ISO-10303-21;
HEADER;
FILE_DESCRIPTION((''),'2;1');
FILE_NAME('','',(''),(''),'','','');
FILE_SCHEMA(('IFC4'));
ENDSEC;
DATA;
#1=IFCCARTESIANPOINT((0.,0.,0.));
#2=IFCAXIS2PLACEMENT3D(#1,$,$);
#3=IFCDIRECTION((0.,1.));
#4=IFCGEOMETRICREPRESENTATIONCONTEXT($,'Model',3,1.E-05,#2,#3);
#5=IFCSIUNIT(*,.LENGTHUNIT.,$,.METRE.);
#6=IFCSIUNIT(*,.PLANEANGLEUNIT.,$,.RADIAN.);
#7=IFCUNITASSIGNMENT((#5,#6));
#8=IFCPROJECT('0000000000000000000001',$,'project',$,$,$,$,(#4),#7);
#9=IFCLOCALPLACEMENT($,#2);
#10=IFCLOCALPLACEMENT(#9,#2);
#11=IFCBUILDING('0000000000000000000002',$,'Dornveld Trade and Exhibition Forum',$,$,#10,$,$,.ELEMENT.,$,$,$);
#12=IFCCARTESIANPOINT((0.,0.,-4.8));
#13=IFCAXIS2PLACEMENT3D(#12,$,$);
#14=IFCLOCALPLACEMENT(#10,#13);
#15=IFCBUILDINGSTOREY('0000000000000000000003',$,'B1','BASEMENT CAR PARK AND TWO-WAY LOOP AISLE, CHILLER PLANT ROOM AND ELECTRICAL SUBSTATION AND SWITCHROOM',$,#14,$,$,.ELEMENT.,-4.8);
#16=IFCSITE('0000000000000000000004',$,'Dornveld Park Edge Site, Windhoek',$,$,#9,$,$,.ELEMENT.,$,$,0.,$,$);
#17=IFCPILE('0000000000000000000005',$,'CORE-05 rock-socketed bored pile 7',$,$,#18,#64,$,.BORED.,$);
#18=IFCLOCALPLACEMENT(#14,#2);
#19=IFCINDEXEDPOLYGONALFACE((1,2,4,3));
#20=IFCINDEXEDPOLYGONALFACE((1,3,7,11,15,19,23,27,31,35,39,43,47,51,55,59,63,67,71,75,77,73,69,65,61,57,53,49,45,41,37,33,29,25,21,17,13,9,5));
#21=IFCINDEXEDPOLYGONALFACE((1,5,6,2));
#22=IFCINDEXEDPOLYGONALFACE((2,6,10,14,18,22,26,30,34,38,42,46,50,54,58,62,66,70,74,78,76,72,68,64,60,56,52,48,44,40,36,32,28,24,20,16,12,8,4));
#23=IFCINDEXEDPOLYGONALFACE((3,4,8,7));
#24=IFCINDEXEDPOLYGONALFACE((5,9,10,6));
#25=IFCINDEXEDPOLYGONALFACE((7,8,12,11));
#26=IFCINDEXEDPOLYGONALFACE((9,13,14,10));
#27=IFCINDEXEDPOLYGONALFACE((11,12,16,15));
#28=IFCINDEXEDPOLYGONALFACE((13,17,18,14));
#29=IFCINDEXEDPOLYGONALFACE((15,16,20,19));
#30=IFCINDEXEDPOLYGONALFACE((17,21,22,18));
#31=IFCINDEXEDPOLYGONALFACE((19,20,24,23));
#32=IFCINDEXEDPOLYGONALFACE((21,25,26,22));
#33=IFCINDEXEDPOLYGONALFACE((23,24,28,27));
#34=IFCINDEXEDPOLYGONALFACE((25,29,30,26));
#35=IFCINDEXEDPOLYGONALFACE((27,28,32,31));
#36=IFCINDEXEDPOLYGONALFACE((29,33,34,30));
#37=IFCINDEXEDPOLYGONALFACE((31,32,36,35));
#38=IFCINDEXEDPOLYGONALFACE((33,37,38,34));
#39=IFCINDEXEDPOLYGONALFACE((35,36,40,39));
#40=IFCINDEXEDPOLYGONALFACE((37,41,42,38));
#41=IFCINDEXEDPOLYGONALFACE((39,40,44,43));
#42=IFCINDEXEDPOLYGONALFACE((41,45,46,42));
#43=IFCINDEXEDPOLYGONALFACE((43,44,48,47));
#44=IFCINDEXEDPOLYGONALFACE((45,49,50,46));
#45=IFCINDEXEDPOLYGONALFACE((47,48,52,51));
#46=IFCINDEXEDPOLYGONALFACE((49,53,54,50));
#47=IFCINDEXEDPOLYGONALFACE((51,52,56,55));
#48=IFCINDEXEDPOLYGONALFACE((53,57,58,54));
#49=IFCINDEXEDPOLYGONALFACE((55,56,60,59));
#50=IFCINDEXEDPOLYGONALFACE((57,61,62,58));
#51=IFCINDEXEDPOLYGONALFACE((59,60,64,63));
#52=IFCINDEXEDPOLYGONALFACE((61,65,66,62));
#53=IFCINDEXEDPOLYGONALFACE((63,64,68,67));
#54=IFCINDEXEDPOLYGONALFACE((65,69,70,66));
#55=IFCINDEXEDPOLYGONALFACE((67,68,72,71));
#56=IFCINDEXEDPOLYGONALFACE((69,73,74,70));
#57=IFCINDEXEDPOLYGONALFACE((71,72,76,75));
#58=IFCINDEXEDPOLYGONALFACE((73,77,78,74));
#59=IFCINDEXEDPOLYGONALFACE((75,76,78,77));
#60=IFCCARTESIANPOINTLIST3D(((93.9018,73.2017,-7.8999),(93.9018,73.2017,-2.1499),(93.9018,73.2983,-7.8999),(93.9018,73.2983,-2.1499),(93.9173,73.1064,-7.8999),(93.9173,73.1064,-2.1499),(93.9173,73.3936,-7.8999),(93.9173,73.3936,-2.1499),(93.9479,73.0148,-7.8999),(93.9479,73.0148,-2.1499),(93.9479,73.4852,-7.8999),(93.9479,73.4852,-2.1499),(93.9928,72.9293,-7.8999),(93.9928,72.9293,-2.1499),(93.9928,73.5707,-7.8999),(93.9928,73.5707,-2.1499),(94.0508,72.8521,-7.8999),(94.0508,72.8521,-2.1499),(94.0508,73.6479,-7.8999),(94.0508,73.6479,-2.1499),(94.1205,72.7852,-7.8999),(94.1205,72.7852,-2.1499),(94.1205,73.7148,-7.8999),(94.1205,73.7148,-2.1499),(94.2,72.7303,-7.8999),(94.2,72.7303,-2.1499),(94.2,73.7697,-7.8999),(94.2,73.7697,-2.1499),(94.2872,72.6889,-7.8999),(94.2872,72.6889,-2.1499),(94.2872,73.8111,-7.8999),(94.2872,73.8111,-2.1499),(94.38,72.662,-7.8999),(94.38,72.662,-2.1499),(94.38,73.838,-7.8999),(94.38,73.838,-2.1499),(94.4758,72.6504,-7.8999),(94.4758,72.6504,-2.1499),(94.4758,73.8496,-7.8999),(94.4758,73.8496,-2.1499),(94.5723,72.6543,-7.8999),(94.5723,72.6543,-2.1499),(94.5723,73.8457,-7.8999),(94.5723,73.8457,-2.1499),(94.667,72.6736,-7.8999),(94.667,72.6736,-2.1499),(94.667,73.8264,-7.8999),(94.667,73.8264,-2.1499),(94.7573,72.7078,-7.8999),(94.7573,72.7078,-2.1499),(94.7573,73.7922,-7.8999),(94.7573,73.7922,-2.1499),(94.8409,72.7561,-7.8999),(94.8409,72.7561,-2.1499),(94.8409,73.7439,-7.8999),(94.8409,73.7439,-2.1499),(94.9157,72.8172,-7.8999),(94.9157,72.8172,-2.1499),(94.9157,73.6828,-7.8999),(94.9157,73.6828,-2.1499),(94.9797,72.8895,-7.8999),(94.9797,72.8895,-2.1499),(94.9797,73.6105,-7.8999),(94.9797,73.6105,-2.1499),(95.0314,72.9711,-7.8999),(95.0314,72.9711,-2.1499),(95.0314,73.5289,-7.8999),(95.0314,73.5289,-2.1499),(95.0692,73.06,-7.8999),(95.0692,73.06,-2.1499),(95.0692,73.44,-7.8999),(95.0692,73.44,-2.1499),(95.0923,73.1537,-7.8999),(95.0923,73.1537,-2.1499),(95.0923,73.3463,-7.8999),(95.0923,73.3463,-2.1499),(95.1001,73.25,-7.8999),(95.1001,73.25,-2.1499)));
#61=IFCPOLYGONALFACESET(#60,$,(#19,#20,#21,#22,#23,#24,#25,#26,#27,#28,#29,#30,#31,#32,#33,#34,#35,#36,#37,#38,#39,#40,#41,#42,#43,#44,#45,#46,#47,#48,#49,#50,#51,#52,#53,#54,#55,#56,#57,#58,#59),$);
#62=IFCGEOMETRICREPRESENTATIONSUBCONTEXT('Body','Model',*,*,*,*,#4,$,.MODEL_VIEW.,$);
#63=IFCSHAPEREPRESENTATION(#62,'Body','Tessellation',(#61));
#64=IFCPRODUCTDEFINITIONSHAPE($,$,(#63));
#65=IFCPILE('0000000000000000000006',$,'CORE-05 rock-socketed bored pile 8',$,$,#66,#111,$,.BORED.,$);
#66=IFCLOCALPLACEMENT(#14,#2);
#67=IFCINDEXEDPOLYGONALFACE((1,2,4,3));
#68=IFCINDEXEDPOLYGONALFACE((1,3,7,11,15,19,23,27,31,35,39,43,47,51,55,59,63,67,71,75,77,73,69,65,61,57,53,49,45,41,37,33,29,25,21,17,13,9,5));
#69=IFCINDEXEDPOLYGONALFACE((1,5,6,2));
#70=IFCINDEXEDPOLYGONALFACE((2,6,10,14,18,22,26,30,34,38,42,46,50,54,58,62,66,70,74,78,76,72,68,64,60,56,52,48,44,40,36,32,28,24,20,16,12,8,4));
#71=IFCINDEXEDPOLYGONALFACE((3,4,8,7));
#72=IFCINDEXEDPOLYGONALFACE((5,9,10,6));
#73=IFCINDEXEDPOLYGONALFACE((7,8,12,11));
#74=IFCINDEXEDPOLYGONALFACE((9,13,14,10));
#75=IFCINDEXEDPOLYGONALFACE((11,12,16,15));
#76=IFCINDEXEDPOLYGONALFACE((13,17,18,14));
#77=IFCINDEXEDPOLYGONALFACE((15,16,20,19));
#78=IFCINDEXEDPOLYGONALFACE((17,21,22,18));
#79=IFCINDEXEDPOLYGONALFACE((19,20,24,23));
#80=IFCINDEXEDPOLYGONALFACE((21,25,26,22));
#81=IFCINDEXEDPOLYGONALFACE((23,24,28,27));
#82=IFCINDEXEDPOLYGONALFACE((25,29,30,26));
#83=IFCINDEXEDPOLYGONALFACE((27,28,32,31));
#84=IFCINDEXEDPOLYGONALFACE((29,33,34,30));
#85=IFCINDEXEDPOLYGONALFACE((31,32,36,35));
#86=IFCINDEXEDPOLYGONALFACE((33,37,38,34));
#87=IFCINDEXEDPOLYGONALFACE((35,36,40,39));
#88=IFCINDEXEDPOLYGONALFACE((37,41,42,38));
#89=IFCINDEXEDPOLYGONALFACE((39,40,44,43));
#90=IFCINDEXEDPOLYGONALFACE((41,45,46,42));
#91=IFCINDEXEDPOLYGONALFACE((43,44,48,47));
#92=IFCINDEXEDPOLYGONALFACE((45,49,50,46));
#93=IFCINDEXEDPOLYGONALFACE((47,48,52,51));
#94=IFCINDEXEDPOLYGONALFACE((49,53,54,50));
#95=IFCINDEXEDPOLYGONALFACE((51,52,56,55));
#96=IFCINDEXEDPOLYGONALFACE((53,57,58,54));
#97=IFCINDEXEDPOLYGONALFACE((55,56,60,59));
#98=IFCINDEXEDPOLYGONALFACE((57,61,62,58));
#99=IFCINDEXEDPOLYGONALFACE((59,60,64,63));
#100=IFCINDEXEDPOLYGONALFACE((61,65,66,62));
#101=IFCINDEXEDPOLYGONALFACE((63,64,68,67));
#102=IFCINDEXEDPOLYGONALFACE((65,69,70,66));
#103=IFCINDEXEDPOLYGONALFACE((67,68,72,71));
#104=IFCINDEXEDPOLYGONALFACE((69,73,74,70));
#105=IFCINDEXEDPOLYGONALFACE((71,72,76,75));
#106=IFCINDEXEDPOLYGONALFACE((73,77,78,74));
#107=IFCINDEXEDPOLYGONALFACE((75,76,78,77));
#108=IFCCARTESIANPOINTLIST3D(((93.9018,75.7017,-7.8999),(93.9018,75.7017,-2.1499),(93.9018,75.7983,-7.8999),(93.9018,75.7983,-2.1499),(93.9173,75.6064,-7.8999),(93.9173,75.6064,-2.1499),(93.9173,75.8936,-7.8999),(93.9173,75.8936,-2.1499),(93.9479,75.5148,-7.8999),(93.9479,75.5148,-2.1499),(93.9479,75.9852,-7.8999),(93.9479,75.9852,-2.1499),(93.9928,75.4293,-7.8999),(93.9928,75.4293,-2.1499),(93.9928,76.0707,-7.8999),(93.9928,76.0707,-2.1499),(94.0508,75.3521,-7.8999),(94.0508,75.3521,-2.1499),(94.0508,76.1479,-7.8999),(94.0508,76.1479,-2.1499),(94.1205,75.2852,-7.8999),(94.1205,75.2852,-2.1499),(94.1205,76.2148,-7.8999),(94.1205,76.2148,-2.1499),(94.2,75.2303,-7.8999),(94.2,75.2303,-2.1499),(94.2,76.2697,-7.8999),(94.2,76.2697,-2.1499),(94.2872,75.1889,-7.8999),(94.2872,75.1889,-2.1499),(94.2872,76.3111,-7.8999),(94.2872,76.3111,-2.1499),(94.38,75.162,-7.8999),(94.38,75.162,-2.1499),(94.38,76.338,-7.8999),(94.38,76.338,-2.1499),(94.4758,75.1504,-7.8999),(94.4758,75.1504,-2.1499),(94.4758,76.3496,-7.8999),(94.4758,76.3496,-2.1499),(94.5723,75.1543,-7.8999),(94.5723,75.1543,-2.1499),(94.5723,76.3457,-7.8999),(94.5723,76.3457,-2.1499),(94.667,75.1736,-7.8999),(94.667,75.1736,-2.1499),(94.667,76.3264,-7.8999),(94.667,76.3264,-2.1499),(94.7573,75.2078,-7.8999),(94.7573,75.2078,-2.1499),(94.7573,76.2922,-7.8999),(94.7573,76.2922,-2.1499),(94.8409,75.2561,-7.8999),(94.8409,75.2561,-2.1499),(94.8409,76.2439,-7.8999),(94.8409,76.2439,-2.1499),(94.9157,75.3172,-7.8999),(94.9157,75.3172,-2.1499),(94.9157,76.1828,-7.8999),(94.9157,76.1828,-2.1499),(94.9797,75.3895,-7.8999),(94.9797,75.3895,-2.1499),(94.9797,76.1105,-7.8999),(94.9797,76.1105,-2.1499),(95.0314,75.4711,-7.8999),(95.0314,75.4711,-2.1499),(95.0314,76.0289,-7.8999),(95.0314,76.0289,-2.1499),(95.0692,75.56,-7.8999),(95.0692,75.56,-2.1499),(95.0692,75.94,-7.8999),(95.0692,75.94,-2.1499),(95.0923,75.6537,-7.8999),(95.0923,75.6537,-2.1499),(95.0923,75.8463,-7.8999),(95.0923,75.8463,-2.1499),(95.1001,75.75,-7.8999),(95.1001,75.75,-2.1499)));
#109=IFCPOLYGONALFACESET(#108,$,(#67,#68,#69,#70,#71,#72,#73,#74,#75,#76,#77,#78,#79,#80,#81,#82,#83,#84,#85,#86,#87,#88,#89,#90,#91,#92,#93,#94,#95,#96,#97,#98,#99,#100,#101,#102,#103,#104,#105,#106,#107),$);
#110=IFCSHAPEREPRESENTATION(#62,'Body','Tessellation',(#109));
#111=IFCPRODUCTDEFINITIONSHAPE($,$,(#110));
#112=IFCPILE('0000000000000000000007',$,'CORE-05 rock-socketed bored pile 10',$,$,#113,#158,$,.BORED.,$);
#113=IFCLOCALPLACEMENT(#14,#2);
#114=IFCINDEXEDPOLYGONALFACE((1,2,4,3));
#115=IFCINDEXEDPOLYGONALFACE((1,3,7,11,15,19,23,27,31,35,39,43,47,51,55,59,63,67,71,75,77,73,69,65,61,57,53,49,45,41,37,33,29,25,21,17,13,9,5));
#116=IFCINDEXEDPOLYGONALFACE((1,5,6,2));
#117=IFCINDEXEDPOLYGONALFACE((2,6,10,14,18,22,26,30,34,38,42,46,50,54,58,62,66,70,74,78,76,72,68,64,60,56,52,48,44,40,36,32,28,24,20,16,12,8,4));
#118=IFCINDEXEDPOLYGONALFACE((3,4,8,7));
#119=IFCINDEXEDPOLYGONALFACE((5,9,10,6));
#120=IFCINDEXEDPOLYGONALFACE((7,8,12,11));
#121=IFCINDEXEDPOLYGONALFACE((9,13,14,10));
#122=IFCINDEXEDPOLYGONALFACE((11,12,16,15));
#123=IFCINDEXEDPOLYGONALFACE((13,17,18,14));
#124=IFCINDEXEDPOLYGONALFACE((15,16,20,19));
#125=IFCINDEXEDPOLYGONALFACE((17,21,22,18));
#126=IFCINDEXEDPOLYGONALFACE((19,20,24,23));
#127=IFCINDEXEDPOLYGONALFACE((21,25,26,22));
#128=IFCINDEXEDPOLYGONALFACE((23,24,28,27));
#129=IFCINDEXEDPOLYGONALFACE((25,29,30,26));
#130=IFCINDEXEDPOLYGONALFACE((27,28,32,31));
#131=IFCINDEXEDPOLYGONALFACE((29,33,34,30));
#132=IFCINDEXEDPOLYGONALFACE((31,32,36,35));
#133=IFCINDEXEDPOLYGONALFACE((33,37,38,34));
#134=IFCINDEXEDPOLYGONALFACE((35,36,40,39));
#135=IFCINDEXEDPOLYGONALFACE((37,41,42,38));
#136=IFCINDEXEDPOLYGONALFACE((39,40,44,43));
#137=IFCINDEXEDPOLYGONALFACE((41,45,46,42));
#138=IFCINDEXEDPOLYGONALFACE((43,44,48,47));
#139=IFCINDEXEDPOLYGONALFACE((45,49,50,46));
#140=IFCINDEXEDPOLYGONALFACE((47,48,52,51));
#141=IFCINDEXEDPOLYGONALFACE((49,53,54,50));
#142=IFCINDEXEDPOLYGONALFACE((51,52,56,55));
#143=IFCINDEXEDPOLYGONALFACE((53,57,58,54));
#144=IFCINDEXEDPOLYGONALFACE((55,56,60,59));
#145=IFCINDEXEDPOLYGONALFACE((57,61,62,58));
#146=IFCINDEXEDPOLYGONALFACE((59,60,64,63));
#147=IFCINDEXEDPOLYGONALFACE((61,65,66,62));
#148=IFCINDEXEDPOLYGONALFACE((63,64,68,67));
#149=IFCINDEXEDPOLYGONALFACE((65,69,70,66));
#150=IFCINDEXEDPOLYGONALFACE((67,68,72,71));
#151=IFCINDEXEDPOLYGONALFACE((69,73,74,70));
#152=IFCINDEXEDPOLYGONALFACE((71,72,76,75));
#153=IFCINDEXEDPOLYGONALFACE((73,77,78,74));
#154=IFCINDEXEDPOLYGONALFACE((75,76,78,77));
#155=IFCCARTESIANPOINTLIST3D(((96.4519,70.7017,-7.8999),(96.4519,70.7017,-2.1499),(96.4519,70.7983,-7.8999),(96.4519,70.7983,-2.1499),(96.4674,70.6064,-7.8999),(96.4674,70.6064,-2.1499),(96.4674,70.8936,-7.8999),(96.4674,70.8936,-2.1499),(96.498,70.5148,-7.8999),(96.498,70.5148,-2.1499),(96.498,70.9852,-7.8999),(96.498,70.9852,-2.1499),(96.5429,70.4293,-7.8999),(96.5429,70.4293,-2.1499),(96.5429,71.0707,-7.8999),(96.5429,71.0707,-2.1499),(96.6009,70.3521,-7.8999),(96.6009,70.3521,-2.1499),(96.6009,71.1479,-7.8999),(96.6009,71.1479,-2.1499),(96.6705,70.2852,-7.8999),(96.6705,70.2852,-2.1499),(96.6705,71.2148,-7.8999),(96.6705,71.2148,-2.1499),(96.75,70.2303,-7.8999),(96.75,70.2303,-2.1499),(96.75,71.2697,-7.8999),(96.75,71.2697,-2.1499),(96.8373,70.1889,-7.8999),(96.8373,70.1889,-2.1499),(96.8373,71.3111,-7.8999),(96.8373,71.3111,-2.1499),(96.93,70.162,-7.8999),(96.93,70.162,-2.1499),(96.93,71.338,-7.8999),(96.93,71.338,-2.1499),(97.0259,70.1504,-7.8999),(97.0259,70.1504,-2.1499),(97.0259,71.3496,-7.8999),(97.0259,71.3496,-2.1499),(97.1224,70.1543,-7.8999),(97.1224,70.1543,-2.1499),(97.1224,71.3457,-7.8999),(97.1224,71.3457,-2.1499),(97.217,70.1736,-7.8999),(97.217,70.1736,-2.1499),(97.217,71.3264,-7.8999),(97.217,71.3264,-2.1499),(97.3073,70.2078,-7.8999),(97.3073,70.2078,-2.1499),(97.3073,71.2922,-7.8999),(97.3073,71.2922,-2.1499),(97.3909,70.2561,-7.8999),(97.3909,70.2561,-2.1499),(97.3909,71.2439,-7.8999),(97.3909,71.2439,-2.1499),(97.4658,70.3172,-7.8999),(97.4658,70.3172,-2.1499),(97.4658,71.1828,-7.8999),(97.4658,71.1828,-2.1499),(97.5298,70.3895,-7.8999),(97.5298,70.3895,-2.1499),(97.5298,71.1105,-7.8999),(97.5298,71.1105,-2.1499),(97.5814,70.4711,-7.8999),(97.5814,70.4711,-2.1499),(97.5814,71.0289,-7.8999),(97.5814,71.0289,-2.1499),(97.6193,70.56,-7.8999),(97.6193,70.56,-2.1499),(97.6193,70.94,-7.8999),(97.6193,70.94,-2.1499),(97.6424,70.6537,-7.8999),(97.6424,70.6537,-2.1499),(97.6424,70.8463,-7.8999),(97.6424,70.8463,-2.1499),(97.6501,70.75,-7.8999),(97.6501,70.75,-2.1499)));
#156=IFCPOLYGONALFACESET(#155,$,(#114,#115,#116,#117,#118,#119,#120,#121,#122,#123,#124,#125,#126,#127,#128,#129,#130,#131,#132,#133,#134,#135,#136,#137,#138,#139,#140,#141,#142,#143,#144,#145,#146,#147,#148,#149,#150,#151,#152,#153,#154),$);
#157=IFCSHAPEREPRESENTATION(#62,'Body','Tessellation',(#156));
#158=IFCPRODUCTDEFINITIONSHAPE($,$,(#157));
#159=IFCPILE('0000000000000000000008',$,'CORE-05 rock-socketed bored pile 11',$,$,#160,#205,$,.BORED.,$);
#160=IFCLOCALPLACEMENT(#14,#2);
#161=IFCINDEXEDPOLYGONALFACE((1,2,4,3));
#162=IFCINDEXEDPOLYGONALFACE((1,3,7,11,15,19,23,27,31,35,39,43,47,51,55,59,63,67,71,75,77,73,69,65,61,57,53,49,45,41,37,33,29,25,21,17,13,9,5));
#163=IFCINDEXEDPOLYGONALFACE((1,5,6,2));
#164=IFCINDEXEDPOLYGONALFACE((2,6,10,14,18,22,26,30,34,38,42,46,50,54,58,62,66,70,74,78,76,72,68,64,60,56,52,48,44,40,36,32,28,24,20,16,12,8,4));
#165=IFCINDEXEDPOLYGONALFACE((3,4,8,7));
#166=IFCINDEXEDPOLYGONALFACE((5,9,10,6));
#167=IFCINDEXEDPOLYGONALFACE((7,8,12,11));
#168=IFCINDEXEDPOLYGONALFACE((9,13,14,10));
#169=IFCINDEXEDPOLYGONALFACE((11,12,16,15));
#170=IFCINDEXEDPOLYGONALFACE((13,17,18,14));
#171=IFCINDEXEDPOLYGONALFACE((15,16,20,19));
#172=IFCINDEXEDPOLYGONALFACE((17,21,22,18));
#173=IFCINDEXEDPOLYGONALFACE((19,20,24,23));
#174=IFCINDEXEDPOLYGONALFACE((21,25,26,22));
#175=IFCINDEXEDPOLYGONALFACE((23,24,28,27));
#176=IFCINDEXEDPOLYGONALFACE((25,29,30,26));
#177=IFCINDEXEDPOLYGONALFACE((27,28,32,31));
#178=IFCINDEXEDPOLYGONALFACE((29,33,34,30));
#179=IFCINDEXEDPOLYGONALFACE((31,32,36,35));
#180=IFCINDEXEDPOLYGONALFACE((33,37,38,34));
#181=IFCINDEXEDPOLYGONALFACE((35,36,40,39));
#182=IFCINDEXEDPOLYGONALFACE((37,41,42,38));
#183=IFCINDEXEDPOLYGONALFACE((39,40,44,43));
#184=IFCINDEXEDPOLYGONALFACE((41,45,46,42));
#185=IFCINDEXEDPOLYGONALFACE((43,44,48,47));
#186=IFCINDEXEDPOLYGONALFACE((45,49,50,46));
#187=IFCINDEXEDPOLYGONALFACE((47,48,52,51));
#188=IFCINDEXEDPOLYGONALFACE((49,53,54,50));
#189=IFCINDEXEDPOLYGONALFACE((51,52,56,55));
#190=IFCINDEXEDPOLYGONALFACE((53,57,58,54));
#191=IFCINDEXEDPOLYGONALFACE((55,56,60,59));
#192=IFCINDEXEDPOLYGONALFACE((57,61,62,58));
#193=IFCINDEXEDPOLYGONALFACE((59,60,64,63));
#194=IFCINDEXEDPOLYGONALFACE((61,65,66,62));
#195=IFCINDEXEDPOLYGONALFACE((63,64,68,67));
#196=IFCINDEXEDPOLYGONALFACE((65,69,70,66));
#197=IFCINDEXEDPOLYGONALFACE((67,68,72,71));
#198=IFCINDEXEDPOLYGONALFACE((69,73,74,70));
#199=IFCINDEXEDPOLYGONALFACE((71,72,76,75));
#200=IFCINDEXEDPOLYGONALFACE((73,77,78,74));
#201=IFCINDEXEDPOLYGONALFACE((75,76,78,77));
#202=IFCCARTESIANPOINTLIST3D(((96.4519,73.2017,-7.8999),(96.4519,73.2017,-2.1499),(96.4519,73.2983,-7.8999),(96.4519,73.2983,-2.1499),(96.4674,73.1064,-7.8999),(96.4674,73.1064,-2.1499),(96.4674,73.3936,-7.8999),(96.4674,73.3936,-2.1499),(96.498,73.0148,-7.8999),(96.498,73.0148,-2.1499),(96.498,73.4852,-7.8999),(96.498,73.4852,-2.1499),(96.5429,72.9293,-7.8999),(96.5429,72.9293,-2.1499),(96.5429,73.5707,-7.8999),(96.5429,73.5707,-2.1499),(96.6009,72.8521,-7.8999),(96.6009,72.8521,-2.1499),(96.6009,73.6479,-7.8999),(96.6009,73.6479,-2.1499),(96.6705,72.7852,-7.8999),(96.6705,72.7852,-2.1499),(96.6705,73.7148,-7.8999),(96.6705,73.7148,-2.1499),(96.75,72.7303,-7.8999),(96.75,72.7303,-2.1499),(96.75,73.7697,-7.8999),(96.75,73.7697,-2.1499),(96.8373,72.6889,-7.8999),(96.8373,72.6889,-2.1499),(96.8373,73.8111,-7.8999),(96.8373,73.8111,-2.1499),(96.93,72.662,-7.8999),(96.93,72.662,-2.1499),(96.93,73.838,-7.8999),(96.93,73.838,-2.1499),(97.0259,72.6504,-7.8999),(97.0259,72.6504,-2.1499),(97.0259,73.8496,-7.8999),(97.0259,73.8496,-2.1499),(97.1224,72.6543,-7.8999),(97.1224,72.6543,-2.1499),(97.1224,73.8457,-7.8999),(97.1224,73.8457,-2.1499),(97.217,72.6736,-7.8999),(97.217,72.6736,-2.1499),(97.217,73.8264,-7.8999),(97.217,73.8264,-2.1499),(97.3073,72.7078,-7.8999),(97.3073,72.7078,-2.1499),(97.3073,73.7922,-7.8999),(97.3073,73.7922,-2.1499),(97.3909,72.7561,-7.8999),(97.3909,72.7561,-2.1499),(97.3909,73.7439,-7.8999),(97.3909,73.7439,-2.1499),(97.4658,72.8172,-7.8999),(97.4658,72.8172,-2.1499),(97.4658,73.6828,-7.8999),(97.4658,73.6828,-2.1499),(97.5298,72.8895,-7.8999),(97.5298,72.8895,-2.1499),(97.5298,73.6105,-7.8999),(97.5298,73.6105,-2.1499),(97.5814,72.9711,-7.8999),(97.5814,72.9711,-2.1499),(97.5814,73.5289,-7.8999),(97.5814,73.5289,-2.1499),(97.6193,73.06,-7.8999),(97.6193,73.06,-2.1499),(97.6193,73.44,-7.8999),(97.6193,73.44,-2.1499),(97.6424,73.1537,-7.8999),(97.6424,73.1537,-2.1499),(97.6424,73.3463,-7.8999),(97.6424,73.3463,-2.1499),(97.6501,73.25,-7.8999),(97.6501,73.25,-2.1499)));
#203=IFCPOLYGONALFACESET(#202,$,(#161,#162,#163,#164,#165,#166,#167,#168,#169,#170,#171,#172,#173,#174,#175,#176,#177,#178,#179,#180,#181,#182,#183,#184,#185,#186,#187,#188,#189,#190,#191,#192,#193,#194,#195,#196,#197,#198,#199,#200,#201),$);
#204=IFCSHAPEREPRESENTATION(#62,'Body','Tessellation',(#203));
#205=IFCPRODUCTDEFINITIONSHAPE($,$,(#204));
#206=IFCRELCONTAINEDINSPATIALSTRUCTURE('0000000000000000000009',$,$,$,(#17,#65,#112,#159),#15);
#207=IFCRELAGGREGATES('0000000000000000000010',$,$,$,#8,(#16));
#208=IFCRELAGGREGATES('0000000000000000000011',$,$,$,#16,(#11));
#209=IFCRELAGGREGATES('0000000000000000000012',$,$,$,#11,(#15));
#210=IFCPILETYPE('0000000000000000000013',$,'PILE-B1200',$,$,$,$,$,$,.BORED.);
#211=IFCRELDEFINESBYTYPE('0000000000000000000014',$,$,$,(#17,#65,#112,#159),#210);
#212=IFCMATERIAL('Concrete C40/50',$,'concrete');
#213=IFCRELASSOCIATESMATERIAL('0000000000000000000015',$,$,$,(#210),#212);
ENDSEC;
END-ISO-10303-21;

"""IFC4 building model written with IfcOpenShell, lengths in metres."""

from ifc_helpers import new_model, si_unit, direction, frame, origin, origin_2d, place, context, subcontext, project, spatial, circle, extrude, material, material_profile, profile_set, type_object, element, save


model = new_model("IFC4")

# Units and contexts
model_context = context("Model", 3, precision=1e-05, world=origin(), true_north=direction((0.0, 1.0)))
body_context = subcontext(model_context, "Body", "Model", "MODEL_VIEW")
ifc_project = project(units=[si_unit("LENGTHUNIT", "METRE"), si_unit("PLANEANGLEUNIT", "RADIAN")], contexts=[model_context])

# Site, building, storey
site_placement = place(None, origin())
site = spatial("IfcSite", under=ifc_project, at=site_placement, Name="Dornveld Park Edge Site, Windhoek", CompositionType="ELEMENT", RefElevation=0.0)
building_placement = place(site_placement, origin())
building = spatial("IfcBuilding", under=site, at=building_placement, Name="Dornveld Trade and Exhibition Forum", CompositionType="ELEMENT")
storey_placement = place(building_placement, frame((0.0, 0.0, -4.8)))
storey = spatial("IfcBuildingStorey", under=building, at=storey_placement, Name="B1", Description="BASEMENT CAR PARK AND TWO-WAY LOOP AISLE, CHILLER PLANT ROOM AND ELECTRICAL SUBSTATION AND SWITCHROOM", CompositionType="ELEMENT", Elevation=-4.8)

# Piles
ifc_material_1 = material(Name="Concrete C40/50", Category="concrete")
ifc_material_profile_1 = material_profile(ifc_material_1, circle(Radius=0.6001, at=origin_2d()), Name="PILE D1200")
ifc_profile_set_1 = profile_set([ifc_material_profile_1], Name="Concrete C40/50")
pile_type_1 = type_object("IfcPileType", Name="PILE-B1200", PredefinedType="BORED", material=ifc_profile_set_1)
for number, where, z_axis, x_axis, name in (
    (1, (94.5, 73.25, -2.1499), (0.0, 0.0, -1.0), (1.0, 0.0, 0.0), "CORE-05 rock-socketed bored pile 7"),
    (2, (94.5, 75.75, -2.1499), (0.0, 0.0, -1.0), (1.0, 0.0, 0.0), "CORE-05 rock-socketed bored pile 8"),
    (3, (97.05, 70.75, -2.1499), (0.0, 0.0, -1.0), (1.0, 0.0, 0.0), "CORE-05 rock-socketed bored pile 10"),
    (4, (97.05, 73.25, -2.1499), (0.0, 0.0, -1.0), (1.0, 0.0, 0.0), "CORE-05 rock-socketed bored pile 11"),
):
    element("IfcPile", number, at=place(storey_placement, frame(where, z_axis=z_axis, x_axis=x_axis)), inside=storey, type_object=pile_type_1, Name=name, PredefinedType="BORED", context=body_context, shape_type="SweptSolid", body=[
        extrude(circle(Radius=0.6001, at=origin_2d()), origin(), (0.0, 0.0, 1.0), 5.75),
    ])

save(model, "model.ifc")
